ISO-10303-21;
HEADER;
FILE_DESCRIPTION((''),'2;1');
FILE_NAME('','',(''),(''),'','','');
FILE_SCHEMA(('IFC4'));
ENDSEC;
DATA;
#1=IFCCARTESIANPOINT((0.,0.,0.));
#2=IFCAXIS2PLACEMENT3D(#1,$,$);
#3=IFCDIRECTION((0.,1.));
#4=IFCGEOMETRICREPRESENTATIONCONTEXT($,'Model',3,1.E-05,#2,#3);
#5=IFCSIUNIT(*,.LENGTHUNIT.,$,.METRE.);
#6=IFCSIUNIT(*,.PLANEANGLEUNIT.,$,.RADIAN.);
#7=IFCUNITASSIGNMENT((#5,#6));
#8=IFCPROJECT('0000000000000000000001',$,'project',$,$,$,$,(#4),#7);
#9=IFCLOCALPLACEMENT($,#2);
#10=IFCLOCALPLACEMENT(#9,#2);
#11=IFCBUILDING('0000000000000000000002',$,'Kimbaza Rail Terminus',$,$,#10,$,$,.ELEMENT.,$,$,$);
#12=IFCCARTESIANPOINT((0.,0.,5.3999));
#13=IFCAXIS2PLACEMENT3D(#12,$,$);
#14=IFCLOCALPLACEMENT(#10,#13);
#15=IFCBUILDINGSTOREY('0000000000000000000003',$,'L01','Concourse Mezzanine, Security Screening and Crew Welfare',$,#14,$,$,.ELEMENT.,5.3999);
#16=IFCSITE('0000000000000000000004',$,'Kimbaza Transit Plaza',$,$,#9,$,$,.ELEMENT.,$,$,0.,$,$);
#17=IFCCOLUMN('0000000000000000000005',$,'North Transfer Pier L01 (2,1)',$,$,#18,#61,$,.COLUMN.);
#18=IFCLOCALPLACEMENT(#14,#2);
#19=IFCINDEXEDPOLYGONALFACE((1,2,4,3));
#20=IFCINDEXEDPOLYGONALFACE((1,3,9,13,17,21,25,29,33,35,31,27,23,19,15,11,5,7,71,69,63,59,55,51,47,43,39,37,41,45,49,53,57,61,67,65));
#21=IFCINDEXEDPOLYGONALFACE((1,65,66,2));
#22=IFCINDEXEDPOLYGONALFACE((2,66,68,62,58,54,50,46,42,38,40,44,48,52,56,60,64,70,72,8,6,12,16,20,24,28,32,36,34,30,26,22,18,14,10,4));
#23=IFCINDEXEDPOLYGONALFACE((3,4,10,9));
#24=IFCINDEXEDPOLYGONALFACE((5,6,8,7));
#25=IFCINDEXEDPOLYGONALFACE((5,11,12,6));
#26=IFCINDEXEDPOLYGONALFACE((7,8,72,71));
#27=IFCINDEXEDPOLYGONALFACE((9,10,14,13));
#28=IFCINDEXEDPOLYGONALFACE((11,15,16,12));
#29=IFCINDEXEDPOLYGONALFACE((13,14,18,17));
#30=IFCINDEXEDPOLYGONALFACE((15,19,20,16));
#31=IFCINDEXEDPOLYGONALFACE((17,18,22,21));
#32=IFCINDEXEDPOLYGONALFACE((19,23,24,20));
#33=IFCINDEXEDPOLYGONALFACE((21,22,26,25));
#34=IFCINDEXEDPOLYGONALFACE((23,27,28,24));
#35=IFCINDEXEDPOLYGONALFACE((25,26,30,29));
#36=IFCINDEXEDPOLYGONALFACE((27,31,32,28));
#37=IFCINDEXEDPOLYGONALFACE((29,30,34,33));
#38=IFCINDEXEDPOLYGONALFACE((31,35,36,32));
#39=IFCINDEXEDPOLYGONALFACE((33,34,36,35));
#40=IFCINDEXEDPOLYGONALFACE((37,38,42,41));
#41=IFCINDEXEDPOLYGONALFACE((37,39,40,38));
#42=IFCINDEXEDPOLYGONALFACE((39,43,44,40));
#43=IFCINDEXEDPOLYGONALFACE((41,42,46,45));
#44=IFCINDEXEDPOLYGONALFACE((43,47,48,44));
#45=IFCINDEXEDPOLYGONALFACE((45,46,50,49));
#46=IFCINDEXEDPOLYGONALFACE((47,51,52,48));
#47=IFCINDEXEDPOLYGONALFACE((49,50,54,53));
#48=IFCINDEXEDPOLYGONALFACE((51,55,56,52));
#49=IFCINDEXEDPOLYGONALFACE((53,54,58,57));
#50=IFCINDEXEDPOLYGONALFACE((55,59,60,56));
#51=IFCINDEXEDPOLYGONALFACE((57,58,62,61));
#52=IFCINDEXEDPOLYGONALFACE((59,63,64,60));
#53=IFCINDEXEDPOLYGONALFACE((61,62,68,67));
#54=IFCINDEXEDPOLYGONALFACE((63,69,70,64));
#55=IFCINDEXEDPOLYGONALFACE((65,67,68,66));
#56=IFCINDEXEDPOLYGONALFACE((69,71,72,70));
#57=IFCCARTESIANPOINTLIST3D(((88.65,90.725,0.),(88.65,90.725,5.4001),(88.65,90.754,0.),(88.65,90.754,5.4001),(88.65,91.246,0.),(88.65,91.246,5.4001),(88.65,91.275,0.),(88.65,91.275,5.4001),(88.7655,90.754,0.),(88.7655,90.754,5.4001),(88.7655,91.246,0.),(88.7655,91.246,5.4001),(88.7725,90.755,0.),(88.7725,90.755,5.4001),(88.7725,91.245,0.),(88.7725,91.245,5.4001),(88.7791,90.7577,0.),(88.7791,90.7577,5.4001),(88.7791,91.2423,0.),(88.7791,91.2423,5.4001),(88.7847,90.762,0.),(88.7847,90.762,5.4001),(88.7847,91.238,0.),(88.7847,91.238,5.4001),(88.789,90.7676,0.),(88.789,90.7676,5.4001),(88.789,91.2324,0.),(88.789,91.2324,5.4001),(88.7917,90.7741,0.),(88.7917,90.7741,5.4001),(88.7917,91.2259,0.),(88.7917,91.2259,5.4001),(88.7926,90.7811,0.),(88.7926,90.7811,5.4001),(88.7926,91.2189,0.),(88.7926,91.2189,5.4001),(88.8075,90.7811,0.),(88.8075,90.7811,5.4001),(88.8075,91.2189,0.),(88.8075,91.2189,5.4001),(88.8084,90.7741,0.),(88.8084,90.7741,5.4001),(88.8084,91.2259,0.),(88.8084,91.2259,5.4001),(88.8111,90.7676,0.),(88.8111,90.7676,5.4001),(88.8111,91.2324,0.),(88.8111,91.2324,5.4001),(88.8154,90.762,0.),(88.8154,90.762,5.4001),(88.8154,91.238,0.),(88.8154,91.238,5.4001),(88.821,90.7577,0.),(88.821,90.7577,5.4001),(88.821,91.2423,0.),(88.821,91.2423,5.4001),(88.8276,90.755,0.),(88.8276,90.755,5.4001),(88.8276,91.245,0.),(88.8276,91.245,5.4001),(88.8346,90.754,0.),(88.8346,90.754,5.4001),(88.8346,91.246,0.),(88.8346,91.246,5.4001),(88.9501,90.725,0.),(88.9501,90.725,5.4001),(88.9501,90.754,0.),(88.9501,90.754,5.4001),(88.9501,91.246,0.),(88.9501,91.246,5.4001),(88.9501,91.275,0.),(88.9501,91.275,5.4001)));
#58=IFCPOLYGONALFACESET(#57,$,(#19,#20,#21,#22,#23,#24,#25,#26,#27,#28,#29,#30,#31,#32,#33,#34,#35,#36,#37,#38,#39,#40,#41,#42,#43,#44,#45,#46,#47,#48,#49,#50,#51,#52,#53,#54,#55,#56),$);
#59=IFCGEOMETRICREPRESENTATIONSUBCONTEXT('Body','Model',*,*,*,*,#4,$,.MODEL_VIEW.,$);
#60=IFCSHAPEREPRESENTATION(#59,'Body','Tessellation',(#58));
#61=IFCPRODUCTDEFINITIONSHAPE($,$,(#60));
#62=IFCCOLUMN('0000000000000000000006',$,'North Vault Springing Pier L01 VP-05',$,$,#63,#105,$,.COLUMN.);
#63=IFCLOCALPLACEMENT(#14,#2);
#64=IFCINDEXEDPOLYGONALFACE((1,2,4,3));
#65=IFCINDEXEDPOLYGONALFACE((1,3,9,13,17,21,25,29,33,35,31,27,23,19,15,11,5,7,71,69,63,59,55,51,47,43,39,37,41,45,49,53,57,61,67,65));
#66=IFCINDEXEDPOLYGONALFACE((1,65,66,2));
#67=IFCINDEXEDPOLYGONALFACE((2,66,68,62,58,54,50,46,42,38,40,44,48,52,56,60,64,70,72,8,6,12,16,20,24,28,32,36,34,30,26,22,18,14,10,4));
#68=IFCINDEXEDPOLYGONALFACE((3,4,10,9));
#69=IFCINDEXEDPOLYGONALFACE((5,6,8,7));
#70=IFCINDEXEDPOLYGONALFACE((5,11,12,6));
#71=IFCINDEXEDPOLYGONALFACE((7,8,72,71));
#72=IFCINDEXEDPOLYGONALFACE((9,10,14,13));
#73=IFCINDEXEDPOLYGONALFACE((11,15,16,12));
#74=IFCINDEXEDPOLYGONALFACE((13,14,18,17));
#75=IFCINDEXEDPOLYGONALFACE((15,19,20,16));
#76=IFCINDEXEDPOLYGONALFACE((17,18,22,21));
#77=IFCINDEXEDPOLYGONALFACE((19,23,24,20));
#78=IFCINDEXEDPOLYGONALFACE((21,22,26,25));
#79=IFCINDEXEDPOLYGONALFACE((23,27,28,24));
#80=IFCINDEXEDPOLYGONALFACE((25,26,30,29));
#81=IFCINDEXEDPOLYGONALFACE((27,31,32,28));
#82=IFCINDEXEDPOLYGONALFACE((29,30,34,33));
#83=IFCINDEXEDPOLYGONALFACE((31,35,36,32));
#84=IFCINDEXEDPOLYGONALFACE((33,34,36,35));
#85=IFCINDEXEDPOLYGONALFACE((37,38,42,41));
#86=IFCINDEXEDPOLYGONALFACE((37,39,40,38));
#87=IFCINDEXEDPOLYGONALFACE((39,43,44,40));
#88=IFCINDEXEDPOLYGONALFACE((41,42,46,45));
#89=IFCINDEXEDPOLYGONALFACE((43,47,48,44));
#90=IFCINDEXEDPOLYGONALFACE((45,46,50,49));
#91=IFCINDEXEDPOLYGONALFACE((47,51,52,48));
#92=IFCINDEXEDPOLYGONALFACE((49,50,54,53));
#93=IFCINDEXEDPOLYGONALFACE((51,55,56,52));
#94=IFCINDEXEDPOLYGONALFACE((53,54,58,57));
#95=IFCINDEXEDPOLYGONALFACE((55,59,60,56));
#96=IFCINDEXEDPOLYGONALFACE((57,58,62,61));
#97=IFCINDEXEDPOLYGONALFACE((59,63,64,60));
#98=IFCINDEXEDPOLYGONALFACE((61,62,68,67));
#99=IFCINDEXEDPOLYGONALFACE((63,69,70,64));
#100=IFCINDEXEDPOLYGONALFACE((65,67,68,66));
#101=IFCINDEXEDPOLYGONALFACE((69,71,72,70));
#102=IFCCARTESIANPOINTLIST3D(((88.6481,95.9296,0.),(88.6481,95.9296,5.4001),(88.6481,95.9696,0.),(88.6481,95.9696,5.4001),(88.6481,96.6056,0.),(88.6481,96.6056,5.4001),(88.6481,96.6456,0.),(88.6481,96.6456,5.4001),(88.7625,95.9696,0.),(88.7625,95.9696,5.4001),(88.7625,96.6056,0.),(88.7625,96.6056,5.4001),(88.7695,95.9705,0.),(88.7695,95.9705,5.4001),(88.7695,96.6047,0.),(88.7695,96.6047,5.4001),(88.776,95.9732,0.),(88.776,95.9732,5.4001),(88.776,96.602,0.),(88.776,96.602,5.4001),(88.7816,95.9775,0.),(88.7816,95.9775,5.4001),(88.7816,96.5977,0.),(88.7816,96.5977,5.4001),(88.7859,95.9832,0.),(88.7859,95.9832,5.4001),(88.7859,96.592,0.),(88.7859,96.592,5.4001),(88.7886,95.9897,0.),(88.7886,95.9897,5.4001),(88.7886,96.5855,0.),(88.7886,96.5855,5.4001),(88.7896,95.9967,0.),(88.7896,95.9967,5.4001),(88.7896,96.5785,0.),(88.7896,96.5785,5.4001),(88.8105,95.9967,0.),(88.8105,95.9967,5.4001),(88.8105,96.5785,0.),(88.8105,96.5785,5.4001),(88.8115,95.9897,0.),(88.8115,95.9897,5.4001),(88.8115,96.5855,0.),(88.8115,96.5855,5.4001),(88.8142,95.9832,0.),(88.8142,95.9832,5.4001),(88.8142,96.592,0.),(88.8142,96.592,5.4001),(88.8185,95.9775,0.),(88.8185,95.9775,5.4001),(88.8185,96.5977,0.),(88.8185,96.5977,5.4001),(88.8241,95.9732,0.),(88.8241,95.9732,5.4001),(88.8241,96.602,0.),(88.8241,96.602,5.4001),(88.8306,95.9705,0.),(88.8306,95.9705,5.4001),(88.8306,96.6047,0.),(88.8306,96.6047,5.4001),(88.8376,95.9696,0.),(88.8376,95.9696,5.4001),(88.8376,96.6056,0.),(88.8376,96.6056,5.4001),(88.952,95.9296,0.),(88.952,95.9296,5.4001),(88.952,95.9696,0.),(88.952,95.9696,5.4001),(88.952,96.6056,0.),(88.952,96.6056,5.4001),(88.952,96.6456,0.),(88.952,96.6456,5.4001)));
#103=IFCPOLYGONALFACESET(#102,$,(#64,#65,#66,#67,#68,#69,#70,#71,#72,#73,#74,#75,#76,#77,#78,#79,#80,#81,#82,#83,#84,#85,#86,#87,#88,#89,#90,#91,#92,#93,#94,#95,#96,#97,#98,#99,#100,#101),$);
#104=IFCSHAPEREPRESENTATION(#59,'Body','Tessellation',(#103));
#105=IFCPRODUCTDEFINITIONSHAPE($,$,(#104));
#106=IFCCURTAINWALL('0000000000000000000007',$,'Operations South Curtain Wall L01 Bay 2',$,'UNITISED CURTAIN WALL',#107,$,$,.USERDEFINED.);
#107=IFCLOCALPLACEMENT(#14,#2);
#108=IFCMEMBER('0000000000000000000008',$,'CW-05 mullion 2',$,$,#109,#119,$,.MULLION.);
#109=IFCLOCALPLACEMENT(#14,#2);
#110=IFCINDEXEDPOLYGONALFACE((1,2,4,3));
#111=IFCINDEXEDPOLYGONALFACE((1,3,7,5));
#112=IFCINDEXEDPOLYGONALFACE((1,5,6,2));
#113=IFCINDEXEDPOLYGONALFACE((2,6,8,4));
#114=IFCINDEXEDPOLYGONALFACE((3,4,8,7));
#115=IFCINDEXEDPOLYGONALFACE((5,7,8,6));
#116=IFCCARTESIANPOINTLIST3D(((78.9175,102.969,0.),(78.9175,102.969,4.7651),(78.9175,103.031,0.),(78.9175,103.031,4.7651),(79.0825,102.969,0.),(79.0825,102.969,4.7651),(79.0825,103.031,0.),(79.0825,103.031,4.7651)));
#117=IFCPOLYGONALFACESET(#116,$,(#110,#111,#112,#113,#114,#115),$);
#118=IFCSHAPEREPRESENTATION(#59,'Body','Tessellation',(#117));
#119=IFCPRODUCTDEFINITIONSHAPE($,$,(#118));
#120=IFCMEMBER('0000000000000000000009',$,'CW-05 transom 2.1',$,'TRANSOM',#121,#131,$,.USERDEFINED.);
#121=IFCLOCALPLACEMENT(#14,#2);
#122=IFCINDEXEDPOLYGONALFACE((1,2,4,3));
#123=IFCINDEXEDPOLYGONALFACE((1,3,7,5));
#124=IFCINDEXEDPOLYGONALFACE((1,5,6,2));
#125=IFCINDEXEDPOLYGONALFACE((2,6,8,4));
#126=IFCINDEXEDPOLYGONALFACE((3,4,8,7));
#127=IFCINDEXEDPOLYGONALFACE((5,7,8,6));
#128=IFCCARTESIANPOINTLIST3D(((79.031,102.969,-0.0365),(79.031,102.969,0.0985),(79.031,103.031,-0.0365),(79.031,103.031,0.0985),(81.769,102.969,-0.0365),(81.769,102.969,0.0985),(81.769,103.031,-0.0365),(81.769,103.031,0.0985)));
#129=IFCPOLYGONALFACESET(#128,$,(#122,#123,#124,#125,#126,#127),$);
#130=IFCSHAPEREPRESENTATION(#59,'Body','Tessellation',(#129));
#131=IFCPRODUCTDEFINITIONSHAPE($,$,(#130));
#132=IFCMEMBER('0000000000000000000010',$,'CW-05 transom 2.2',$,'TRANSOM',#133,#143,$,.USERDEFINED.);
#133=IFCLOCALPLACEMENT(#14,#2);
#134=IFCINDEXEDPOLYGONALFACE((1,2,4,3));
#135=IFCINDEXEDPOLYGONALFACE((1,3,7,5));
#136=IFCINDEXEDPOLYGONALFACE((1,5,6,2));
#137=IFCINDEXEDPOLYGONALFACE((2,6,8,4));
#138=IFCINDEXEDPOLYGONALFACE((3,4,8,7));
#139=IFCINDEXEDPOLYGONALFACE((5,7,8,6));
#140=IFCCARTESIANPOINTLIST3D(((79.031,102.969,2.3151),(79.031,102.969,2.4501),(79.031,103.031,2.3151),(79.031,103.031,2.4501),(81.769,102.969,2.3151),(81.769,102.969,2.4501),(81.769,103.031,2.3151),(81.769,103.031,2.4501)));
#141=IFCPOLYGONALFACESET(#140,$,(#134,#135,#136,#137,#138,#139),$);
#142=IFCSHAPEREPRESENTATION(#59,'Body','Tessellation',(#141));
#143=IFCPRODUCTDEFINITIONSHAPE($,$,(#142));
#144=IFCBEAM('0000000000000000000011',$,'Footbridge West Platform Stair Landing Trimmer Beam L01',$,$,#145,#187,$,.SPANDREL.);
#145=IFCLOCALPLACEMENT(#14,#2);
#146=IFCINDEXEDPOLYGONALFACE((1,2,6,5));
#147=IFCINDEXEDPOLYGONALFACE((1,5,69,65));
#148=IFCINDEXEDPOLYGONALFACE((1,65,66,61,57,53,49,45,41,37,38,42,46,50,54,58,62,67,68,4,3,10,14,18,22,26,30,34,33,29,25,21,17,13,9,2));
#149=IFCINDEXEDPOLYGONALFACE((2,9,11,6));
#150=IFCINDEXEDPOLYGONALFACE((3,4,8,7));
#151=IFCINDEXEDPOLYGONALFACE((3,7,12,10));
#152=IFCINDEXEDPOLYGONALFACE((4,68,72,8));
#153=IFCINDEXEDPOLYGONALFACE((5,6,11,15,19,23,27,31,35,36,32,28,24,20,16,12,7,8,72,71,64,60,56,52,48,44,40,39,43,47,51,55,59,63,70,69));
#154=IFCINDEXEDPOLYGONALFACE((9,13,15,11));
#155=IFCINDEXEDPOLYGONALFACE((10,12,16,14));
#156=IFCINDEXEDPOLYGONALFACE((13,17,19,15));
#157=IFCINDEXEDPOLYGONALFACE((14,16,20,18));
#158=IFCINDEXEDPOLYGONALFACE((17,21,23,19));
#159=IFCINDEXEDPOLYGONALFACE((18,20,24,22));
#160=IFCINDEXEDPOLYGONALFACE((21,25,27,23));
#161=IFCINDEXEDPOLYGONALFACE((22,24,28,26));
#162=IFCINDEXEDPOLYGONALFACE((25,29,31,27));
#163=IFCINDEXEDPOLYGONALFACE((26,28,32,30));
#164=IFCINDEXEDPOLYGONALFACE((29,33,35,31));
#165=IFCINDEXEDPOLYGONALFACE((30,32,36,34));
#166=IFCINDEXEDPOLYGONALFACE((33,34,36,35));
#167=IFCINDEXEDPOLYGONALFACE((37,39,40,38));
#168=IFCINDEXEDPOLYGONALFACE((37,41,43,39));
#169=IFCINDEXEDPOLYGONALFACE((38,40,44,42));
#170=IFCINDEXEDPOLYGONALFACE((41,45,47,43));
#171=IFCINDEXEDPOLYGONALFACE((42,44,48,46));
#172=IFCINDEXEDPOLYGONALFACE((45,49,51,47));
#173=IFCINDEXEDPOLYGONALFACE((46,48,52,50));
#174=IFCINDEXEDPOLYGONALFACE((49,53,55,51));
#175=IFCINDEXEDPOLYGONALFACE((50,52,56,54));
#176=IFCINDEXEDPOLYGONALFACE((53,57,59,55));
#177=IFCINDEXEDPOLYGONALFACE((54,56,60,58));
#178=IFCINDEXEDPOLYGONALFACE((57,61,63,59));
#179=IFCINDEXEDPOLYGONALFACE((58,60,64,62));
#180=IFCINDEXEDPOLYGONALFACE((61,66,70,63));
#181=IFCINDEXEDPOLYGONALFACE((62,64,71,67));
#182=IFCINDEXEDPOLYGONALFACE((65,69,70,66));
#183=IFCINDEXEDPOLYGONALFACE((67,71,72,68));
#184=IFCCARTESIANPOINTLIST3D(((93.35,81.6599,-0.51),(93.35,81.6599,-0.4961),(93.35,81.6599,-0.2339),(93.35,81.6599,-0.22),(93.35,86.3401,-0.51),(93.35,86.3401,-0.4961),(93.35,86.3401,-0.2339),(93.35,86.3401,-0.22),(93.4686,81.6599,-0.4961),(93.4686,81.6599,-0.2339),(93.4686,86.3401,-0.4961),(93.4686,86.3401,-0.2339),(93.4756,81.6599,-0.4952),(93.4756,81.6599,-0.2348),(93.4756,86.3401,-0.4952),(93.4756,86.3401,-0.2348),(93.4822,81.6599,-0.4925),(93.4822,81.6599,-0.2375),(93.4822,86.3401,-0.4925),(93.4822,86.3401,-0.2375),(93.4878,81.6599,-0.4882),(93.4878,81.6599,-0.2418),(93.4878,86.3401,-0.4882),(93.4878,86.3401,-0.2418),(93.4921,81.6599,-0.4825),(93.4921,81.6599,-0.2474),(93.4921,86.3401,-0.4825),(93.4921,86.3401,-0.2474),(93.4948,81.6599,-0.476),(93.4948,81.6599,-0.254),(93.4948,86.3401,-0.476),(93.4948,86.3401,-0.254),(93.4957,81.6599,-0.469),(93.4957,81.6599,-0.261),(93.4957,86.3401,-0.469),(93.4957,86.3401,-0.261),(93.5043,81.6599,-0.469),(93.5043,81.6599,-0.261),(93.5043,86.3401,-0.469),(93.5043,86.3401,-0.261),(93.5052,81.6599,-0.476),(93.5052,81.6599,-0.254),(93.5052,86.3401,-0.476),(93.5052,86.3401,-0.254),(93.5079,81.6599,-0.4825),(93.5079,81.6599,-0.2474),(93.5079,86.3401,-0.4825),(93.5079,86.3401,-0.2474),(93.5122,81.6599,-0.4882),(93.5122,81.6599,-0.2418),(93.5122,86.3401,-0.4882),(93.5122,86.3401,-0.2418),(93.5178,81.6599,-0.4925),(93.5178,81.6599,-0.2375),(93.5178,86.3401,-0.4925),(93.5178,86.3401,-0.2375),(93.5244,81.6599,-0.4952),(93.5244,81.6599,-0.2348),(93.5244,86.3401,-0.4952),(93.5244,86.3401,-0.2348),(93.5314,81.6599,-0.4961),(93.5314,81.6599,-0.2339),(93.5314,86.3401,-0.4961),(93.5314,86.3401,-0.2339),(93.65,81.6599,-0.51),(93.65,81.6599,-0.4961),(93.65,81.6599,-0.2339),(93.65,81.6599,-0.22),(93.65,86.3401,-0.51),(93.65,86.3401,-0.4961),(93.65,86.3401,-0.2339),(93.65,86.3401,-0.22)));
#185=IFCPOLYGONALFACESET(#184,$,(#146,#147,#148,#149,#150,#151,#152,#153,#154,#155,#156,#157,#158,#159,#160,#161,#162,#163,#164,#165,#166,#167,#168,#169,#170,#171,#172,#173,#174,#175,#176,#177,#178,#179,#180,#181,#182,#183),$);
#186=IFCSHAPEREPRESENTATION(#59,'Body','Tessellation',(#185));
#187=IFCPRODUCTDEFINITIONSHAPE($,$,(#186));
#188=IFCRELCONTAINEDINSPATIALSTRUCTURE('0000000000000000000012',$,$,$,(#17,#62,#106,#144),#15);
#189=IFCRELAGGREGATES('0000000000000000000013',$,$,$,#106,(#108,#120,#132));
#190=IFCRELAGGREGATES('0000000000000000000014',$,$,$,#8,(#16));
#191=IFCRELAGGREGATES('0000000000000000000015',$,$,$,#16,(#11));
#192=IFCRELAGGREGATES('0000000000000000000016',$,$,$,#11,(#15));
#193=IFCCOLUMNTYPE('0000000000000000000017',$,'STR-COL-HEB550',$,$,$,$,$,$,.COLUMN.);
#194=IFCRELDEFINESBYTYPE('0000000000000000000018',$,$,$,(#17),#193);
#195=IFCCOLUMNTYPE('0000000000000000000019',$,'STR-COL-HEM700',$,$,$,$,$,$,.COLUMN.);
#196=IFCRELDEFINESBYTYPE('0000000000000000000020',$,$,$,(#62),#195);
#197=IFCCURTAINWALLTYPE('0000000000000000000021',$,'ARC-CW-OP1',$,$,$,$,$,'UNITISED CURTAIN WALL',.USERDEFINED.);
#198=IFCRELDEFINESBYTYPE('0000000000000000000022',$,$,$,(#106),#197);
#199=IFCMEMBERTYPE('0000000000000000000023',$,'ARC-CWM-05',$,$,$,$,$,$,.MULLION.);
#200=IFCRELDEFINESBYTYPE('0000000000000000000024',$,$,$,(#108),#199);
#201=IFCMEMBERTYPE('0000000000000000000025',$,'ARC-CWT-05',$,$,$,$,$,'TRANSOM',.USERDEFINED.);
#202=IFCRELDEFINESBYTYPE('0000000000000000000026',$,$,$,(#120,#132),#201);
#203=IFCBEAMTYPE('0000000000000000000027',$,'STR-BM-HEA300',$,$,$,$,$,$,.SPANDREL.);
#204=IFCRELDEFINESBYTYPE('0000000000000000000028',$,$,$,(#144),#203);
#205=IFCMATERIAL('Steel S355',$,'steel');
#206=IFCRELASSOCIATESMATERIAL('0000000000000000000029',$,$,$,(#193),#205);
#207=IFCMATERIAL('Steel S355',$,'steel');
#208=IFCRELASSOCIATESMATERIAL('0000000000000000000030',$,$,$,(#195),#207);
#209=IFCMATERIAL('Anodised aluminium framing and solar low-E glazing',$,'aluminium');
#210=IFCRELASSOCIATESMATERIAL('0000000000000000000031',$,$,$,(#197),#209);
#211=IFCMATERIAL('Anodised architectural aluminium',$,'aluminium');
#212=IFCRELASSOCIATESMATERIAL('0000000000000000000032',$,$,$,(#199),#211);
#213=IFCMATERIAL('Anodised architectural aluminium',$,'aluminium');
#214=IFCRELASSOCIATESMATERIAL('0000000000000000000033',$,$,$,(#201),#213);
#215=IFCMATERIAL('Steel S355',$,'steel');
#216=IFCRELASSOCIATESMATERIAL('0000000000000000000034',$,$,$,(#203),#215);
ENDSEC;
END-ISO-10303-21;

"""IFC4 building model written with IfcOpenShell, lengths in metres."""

from ifc_helpers import new_model, si_unit, direction, frame, origin, origin_2d, place, context, subcontext, project, spatial, rectangle, i_section, extrude, material, material_profile, profile_set, type_object, element, aggregate, save


model = new_model("IFC4")

# Units and contexts
model_context = context("Model", 3, precision=1e-05, world=origin(), true_north=direction((0.0, 1.0)))
body_context = subcontext(model_context, "Body", "Model", "MODEL_VIEW")
ifc_project = project(units=[si_unit("LENGTHUNIT", "METRE"), si_unit("PLANEANGLEUNIT", "RADIAN")], contexts=[model_context])

# Site, building, storey
site_placement = place(None, origin())
site = spatial("IfcSite", under=ifc_project, at=site_placement, Name="Kimbaza Transit Plaza", CompositionType="ELEMENT", RefElevation=0.0)
building_placement = place(site_placement, origin())
building = spatial("IfcBuilding", under=site, at=building_placement, Name="Kimbaza Rail Terminus", CompositionType="ELEMENT")
storey_placement = place(building_placement, frame((0.0, 0.0, 5.3999)))
storey = spatial("IfcBuildingStorey", under=building, at=storey_placement, Name="L01", Description="Concourse Mezzanine, Security Screening and Crew Welfare", CompositionType="ELEMENT", Elevation=5.3999)

# Columns
ifc_material_1 = material(Name="Steel S355", Category="steel")
ifc_material_profile_1 = material_profile(ifc_material_1, i_section(OverallWidth=0.3, OverallDepth=0.55, WebThickness=0.0149, FlangeThickness=0.0291, FilletRadius=0.0271, at=origin_2d()), Name="HEB 550")
ifc_profile_set_1 = profile_set([ifc_material_profile_1], Name="Steel S355")
column_type_1 = type_object("IfcColumnType", Name="STR-COL-HEB550", PredefinedType="COLUMN", material=ifc_profile_set_1)
column_1_placement = place(storey_placement, frame((88.8, 91.0, 0.0), z_axis=(0.0, 0.0, 1.0), x_axis=(1.0, 0.0, 0.0)))
element("IfcColumn", 1, at=column_1_placement, inside=storey, type_object=column_type_1, Name="North Transfer Pier L01 (2,1)", PredefinedType="COLUMN", context=body_context, shape_type="SweptSolid", body=[
    extrude(i_section(OverallWidth=0.3, OverallDepth=0.55, WebThickness=0.0149, FlangeThickness=0.0291, FilletRadius=0.0271, at=origin_2d()), origin(), (0.0, 0.0, 1.0), 5.4001),
])
ifc_material_2 = material(Name="Steel S355", Category="steel")
ifc_material_profile_2 = material_profile(ifc_material_2, i_section(OverallWidth=0.304, OverallDepth=0.7161, WebThickness=0.021, FlangeThickness=0.04, FilletRadius=0.0271, at=origin_2d()), Name="HEM 700")
ifc_profile_set_2 = profile_set([ifc_material_profile_2], Name="Steel S355")
column_type_2 = type_object("IfcColumnType", Name="STR-COL-HEM700", PredefinedType="COLUMN", material=ifc_profile_set_2)
column_2_placement = place(storey_placement, frame((88.8, 96.2876, 0.0), z_axis=(0.0, 0.0, 1.0), x_axis=(1.0, 0.0, 0.0)))
element("IfcColumn", 2, at=column_2_placement, inside=storey, type_object=column_type_2, Name="North Vault Springing Pier L01 VP-05", PredefinedType="COLUMN", context=body_context, shape_type="SweptSolid", body=[
    extrude(i_section(OverallWidth=0.304, OverallDepth=0.7161, WebThickness=0.021, FlangeThickness=0.04, FilletRadius=0.0271, at=origin_2d()), origin(), (0.0, 0.0, 1.0), 5.4001),
])

# Curtain wall, members
ifc_material_3 = material(Name="Anodised aluminium framing and solar low-E glazing", Category="aluminium")
curtain_wall_type = type_object("IfcCurtainWallType", Name="ARC-CW-OP1", ElementType="UNITISED CURTAIN WALL", PredefinedType="USERDEFINED", material=ifc_material_3)
curtain_wall_placement = place(storey_placement, origin())
curtain_wall = element("IfcCurtainWall", 3, at=curtain_wall_placement, inside=storey, type_object=curtain_wall_type, Name="Operations South Curtain Wall L01 Bay 2", ObjectType="UNITISED CURTAIN WALL", PredefinedType="USERDEFINED")
ifc_material_4 = material(Name="Anodised architectural aluminium", Category="aluminium")
ifc_material_profile_3 = material_profile(ifc_material_4, rectangle(XDim=0.062, YDim=0.165, at=origin_2d()), Name="MULLION 62x165")
ifc_profile_set_3 = profile_set([ifc_material_profile_3], Name="Anodised architectural aluminium")
member_type_1 = type_object("IfcMemberType", Name="ARC-CWM-05", PredefinedType="MULLION", material=ifc_profile_set_3)
member_1_placement = place(storey_placement, frame((79.0, 103.0, 0.0), z_axis=(0.0, 0.0, 1.0), x_axis=(0.0, 1.0, 0.0)))
member_1 = element("IfcMember", 4, at=member_1_placement, type_object=member_type_1, Name="CW-05 mullion 2", PredefinedType="MULLION", context=body_context, shape_type="SweptSolid", body=[
    extrude(rectangle(XDim=0.062, YDim=0.165, at=origin_2d()), origin(), (0.0, 0.0, 1.0), 4.7651),
])
ifc_material_5 = material(Name="Anodised architectural aluminium", Category="aluminium")
ifc_material_profile_4 = material_profile(ifc_material_5, rectangle(XDim=0.062, YDim=0.135, at=origin_2d()), Name="TRANSOM 62x135")
ifc_profile_set_4 = profile_set([ifc_material_profile_4], Name="Anodised architectural aluminium")
member_type_2 = type_object("IfcMemberType", Name="ARC-CWT-05", ElementType="TRANSOM", PredefinedType="USERDEFINED", material=ifc_profile_set_4)
member_2_placement = place(storey_placement, frame((79.031, 103.0, 0.031), z_axis=(1.0, 0.0, 0.0), x_axis=(0.0, 1.0, 0.0)))
member_2 = element("IfcMember", 5, at=member_2_placement, type_object=member_type_2, Name="CW-05 transom 2.1", ObjectType="TRANSOM", PredefinedType="USERDEFINED", context=body_context, shape_type="SweptSolid", body=[
    extrude(rectangle(XDim=0.062, YDim=0.135, at=origin_2d()), origin(), (0.0, 0.0, 1.0), 2.738),
])
member_3_placement = place(storey_placement, frame((79.031, 103.0, 2.3826), z_axis=(1.0, 0.0, 0.0), x_axis=(0.0, 1.0, 0.0)))
member_3 = element("IfcMember", 6, at=member_3_placement, type_object=member_type_2, Name="CW-05 transom 2.2", ObjectType="TRANSOM", PredefinedType="USERDEFINED", context=body_context, shape_type="SweptSolid", body=[
    extrude(rectangle(XDim=0.062, YDim=0.135, at=origin_2d()), origin(), (0.0, 0.0, 1.0), 2.738),
])
aggregate(curtain_wall, [member_1, member_2, member_3])

# Beam
ifc_material_6 = material(Name="Steel S355", Category="steel")
ifc_material_profile_5 = material_profile(ifc_material_6, i_section(OverallWidth=0.3, OverallDepth=0.29, WebThickness=0.0085, FlangeThickness=0.0139, FilletRadius=0.0271, at=origin_2d()), Name="HEA 300")
ifc_profile_set_5 = profile_set([ifc_material_profile_5], Name="Steel S355")
beam_type_1 = type_object("IfcBeamType", Name="STR-BM-HEA300", PredefinedType="SPANDREL", material=ifc_profile_set_5)
beam_1_placement = place(storey_placement, frame((93.5, 81.6599, -0.365), z_axis=(0.0, 1.0, 0.0), x_axis=(-1.0, 0.0, 0.0)))
element("IfcBeam", 7, at=beam_1_placement, inside=storey, type_object=beam_type_1, Name="Footbridge West Platform Stair Landing Trimmer Beam L01", PredefinedType="SPANDREL", context=body_context, shape_type="SweptSolid", body=[
    extrude(i_section(OverallWidth=0.3, OverallDepth=0.29, WebThickness=0.0085, FlangeThickness=0.0139, FilletRadius=0.0271, at=origin_2d()), origin(), (0.0, 0.0, 1.0), 4.6802),
])

save(model, "model.ifc")
